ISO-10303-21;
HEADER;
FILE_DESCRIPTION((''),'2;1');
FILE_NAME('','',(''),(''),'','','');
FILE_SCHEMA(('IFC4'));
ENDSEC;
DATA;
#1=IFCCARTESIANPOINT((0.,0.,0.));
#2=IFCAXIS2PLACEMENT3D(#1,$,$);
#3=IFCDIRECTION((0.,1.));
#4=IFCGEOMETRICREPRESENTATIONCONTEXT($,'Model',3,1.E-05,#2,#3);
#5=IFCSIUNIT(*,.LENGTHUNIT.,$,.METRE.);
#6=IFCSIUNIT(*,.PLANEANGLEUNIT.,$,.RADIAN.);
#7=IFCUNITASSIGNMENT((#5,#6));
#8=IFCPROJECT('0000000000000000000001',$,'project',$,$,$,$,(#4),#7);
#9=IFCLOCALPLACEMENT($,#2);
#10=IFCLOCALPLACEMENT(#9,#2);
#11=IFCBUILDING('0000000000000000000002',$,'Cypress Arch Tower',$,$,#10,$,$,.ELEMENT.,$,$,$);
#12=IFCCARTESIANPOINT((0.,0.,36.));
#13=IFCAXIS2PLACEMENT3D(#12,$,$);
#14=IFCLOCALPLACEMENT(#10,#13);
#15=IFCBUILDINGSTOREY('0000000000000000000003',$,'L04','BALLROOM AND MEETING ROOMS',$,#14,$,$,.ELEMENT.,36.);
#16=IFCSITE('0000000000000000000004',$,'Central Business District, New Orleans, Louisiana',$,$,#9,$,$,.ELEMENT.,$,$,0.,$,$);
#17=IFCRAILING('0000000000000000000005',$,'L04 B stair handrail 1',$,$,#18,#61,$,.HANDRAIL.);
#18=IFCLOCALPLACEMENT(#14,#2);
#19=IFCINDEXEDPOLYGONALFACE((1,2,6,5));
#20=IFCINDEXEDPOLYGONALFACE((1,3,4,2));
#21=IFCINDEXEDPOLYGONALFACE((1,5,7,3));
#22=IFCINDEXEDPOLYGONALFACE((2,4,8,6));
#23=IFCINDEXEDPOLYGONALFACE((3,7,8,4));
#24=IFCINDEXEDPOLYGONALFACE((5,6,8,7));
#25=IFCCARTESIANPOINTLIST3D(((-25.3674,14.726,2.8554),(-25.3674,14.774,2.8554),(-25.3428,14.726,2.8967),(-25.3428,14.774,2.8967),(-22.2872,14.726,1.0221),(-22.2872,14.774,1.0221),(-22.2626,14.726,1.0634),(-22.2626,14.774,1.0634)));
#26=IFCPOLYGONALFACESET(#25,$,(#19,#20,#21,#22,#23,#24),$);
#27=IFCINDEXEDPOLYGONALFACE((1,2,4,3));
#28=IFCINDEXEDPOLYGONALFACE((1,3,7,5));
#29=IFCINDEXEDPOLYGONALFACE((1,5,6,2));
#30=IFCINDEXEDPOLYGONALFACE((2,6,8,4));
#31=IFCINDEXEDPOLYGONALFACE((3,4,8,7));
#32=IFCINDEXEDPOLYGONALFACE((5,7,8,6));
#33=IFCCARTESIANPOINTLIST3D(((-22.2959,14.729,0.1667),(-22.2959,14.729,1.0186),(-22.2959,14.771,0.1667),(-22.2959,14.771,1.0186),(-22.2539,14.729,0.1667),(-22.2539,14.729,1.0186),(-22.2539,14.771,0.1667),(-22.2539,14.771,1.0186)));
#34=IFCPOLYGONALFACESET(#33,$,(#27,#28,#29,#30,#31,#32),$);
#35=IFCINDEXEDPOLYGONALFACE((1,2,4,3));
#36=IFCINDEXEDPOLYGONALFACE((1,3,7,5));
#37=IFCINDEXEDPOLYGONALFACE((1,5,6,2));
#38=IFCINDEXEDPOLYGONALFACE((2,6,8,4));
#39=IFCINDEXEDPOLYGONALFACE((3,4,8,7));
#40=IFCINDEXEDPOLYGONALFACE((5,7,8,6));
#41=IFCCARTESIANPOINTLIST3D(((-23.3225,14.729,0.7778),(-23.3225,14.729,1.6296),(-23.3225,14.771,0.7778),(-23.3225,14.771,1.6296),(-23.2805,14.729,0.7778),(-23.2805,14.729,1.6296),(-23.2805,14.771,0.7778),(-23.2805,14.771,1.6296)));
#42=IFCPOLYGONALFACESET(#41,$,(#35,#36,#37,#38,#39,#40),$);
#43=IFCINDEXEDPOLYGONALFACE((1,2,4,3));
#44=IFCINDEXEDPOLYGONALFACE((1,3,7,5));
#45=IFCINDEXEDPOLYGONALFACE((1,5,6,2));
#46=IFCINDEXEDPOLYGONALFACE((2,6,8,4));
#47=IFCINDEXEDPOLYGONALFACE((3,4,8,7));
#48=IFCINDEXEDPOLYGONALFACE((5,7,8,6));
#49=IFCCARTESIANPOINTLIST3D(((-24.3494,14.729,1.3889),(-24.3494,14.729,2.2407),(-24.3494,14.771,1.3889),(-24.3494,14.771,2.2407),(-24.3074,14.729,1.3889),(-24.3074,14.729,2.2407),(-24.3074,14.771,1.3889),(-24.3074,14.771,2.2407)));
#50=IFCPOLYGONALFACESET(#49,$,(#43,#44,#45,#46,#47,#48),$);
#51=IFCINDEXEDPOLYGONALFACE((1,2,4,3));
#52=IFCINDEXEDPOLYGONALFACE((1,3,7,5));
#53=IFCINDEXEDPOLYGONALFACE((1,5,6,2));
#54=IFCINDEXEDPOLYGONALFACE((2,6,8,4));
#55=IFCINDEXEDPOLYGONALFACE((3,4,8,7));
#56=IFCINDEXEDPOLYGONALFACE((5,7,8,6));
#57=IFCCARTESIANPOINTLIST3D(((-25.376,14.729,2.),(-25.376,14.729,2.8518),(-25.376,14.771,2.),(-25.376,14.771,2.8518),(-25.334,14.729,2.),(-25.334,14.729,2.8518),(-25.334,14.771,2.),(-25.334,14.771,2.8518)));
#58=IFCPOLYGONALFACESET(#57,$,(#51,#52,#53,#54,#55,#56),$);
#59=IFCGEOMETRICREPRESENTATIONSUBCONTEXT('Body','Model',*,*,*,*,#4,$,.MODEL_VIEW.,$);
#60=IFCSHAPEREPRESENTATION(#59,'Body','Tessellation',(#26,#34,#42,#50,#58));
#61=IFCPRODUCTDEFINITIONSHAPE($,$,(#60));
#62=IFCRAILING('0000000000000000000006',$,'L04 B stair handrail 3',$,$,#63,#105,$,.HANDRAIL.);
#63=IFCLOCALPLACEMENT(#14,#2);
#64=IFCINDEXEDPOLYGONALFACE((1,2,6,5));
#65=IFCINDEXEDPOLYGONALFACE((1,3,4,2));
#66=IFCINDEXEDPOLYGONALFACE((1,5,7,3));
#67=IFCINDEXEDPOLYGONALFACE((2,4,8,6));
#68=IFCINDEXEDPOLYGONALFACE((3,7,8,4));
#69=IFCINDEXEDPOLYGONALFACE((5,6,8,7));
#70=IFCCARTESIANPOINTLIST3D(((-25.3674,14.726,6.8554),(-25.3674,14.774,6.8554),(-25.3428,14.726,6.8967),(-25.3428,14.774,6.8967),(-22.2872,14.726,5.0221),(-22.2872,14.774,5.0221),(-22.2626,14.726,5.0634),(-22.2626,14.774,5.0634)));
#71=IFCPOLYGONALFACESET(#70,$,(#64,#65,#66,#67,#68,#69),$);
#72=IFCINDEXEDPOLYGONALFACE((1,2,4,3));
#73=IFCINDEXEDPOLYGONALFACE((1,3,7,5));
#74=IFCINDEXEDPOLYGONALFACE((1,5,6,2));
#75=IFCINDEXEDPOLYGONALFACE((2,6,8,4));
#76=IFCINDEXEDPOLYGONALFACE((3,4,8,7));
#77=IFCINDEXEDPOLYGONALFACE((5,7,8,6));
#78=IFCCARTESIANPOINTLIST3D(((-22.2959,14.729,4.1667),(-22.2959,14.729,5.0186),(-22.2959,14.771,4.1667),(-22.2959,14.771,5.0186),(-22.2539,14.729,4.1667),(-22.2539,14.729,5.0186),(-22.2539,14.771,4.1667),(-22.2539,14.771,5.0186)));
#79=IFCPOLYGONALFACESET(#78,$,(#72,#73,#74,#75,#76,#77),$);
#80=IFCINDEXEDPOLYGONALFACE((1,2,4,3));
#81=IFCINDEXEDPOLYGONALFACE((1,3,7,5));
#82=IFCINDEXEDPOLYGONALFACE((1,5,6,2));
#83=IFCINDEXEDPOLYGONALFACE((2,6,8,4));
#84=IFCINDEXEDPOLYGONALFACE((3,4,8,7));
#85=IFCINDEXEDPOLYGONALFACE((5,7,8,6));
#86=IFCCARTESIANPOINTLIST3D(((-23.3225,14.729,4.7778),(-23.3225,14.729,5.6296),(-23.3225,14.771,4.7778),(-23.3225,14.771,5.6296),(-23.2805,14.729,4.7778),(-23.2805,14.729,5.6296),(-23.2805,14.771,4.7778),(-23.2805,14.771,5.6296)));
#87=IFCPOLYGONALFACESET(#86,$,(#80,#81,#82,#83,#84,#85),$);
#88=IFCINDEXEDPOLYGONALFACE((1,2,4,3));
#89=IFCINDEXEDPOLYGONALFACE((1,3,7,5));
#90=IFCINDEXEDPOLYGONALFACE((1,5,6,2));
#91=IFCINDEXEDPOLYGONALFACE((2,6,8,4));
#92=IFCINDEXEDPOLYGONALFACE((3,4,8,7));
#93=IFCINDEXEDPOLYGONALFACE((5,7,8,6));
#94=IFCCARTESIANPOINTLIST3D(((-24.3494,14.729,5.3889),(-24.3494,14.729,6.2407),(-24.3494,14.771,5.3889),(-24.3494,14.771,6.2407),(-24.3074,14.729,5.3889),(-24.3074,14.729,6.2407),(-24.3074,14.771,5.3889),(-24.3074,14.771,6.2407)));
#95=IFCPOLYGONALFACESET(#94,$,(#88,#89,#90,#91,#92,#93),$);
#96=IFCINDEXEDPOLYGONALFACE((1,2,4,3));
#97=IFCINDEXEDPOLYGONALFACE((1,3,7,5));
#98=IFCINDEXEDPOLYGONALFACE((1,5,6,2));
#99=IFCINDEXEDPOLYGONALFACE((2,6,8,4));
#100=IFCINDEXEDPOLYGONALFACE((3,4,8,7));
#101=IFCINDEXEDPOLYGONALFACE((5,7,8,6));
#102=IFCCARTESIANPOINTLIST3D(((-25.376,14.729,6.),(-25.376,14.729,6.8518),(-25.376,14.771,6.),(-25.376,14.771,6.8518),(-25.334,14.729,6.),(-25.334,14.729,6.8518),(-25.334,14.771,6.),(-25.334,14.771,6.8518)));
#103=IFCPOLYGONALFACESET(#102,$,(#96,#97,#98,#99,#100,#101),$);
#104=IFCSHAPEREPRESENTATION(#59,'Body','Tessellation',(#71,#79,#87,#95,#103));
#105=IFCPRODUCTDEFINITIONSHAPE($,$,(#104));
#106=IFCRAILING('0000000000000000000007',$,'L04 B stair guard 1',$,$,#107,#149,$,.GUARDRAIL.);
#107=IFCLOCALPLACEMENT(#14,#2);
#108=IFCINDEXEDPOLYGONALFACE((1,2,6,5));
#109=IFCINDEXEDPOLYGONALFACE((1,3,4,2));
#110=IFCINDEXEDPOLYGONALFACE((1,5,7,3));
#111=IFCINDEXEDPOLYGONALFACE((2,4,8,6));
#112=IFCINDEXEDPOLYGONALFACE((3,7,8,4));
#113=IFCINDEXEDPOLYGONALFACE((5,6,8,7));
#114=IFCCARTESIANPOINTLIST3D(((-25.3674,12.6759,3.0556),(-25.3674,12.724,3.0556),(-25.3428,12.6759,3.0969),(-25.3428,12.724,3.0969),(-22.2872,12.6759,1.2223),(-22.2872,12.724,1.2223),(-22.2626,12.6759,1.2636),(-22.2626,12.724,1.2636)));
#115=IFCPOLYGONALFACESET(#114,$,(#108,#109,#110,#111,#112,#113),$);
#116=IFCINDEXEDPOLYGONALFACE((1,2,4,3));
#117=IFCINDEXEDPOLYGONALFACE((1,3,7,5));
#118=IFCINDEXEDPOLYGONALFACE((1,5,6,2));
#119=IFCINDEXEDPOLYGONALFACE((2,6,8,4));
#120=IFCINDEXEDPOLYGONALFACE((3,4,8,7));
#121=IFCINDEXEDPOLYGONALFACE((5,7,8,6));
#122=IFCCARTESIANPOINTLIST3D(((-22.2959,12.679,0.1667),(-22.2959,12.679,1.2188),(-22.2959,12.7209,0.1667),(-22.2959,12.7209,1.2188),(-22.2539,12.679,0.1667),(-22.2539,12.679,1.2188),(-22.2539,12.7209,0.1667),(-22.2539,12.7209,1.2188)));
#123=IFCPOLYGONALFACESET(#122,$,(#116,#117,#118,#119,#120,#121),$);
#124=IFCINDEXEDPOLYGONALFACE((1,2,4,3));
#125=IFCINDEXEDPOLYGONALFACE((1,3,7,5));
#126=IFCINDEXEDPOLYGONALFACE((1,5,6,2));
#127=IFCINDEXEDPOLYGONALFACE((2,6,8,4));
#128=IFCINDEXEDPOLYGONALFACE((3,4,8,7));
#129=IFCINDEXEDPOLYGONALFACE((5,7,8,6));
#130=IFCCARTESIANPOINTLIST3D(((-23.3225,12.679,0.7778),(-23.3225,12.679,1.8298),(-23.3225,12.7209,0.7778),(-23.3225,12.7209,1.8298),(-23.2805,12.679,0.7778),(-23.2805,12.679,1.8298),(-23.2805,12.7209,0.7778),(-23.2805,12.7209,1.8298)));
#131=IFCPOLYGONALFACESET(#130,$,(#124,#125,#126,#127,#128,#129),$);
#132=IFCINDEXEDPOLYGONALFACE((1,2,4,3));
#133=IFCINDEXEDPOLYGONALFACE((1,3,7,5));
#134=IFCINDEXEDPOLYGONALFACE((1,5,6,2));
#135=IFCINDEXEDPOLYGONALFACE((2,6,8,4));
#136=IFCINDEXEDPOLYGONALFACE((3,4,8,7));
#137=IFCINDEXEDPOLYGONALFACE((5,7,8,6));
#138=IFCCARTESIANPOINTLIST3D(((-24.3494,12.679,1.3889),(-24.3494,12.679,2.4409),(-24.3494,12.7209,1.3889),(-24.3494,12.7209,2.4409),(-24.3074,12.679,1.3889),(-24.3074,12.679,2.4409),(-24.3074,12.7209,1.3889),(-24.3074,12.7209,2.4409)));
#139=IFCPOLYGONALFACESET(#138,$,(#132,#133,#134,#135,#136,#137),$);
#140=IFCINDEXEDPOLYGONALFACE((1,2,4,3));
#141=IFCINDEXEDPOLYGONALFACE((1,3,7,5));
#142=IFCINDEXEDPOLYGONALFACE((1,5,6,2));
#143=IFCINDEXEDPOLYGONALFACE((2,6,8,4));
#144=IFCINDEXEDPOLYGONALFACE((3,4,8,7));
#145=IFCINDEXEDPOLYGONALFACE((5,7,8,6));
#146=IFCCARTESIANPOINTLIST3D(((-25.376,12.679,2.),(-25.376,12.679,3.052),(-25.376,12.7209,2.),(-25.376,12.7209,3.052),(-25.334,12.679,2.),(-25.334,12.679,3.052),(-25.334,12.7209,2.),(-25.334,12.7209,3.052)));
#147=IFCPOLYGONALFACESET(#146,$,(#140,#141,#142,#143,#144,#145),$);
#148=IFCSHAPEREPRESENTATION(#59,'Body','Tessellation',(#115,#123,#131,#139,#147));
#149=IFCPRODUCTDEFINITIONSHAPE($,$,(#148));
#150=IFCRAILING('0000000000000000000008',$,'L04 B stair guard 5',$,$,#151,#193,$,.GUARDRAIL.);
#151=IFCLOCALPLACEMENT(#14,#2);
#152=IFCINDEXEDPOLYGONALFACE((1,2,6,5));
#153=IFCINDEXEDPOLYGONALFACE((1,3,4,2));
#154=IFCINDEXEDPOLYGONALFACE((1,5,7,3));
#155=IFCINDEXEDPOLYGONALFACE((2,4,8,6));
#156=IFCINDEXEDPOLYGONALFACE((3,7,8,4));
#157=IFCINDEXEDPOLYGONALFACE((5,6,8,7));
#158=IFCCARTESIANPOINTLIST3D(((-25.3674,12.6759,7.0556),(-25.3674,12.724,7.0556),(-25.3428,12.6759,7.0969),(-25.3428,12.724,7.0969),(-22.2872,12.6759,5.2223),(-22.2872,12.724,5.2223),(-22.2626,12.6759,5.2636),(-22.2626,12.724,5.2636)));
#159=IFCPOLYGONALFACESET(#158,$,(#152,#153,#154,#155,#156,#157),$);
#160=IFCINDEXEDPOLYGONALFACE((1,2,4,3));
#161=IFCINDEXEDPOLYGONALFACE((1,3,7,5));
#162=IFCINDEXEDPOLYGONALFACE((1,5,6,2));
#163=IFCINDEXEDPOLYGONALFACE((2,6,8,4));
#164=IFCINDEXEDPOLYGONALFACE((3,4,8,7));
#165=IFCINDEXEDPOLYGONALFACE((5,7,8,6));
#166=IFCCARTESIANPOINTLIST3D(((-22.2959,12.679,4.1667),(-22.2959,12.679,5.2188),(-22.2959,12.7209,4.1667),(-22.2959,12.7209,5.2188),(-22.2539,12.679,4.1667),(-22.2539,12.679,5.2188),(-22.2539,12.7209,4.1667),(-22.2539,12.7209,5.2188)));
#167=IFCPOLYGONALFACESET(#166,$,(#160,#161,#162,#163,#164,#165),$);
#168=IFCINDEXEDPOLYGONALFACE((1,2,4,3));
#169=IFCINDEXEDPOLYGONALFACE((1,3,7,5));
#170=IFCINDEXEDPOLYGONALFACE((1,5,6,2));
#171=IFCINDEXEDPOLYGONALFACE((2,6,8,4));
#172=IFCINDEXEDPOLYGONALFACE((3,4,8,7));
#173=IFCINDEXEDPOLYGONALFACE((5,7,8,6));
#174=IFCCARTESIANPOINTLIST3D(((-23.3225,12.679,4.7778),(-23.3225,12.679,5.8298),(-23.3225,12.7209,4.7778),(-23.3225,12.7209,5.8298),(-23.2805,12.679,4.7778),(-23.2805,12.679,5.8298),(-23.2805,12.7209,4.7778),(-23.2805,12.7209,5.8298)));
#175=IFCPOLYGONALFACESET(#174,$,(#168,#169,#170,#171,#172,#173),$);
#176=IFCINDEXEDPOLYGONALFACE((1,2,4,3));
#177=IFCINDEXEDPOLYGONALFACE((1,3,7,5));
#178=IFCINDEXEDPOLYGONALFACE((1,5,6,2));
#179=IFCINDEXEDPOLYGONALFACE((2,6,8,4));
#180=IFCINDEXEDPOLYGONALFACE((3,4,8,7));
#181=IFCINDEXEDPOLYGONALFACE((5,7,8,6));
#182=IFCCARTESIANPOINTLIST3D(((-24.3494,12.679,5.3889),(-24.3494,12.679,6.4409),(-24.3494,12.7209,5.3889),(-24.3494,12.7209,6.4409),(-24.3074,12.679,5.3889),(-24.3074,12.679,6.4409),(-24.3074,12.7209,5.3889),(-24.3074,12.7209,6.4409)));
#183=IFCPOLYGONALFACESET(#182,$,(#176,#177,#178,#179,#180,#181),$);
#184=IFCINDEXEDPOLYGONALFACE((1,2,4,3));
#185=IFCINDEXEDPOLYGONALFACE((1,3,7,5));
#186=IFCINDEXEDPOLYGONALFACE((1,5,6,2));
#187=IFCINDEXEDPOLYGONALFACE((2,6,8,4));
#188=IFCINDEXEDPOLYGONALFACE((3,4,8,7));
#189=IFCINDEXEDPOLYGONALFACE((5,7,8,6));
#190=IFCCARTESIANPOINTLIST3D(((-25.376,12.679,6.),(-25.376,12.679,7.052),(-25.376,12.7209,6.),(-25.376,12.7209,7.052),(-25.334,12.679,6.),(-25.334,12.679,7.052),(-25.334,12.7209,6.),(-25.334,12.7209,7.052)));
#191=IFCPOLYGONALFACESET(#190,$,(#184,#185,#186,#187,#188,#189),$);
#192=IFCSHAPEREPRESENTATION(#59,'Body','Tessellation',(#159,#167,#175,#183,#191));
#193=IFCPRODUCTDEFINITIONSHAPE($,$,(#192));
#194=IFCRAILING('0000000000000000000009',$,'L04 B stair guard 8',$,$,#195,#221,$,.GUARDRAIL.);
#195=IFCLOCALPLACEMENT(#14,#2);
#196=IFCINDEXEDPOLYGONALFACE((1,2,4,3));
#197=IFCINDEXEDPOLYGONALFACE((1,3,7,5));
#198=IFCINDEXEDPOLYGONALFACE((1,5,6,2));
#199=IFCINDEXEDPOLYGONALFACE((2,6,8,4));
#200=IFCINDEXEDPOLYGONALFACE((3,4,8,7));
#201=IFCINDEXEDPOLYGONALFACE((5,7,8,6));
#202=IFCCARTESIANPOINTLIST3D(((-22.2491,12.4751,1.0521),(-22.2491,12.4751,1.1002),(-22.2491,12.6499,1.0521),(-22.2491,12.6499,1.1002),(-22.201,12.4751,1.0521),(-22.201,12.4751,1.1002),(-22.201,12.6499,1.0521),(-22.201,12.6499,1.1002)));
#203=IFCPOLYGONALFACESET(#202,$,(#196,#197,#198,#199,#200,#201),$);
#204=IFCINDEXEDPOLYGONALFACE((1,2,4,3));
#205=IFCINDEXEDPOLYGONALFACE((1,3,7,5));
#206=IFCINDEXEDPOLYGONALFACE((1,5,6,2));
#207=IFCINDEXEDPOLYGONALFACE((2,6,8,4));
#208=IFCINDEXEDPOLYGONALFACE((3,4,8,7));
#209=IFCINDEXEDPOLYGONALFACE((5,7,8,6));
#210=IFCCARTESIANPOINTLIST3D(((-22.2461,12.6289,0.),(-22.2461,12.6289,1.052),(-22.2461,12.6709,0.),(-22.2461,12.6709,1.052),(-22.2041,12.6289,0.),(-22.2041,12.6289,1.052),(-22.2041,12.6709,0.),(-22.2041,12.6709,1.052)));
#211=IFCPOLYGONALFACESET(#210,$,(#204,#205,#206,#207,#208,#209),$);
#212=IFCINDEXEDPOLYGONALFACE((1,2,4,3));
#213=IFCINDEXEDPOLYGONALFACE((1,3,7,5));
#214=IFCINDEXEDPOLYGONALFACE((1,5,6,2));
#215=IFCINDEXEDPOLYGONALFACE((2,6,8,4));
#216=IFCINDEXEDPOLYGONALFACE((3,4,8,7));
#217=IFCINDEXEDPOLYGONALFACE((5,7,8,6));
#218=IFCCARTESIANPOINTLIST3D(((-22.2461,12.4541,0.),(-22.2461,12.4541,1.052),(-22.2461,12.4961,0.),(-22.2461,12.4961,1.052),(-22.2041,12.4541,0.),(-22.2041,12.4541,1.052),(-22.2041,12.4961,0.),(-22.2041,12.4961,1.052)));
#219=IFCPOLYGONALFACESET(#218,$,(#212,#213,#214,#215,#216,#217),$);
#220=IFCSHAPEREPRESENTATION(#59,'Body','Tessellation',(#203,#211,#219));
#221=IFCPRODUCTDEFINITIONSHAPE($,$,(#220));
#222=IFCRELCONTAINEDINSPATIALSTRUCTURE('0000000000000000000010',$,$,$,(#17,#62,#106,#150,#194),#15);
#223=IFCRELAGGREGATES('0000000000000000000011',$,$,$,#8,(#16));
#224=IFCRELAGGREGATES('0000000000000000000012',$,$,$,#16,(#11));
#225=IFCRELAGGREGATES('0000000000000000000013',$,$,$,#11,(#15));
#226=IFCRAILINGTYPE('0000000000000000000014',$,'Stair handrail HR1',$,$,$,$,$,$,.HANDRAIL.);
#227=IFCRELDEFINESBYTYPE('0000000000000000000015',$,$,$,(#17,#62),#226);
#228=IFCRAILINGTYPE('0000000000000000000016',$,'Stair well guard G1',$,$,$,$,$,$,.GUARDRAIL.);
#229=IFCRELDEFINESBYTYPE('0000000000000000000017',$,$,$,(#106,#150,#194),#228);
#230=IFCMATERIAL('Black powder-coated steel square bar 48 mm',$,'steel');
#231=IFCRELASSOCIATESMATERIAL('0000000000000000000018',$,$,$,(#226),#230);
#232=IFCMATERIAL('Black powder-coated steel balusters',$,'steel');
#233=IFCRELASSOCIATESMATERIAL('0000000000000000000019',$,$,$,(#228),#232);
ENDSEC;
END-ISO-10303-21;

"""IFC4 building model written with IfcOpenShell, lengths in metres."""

from ifc_helpers import new_model, si_unit, direction, frame, origin, origin_2d, place, context, subcontext, project, spatial, rectangle, extrude, material, type_object, element, save


model = new_model("IFC4")

# Units and contexts
model_context = context("Model", 3, precision=1e-05, world=origin(), true_north=direction((0.0, 1.0)))
body_context = subcontext(model_context, "Body", "Model", "MODEL_VIEW")
ifc_project = project(units=[si_unit("LENGTHUNIT", "METRE"), si_unit("PLANEANGLEUNIT", "RADIAN")], contexts=[model_context])

# Site, building, storey
site_placement = place(None, origin())
site = spatial("IfcSite", under=ifc_project, at=site_placement, Name="Central Business District, New Orleans, Louisiana", CompositionType="ELEMENT", RefElevation=0.0)
building_placement = place(site_placement, origin())
building = spatial("IfcBuilding", under=site, at=building_placement, Name="Cypress Arch Tower", CompositionType="ELEMENT")
storey_placement = place(building_placement, frame((0.0, 0.0, 36.0)))
storey = spatial("IfcBuildingStorey", under=building, at=storey_placement, Name="L04", Description="BALLROOM AND MEETING ROOMS", CompositionType="ELEMENT", Elevation=36.0)

# Railings
ifc_material_1 = material(Name="Black powder-coated steel square bar 48 mm", Category="steel")
railing_type_1 = type_object("IfcRailingType", Name="Stair handrail HR1", PredefinedType="HANDRAIL", material=ifc_material_1)
for number, where, name in (
    (1, (-22.2749, 14.75, 0.1667), "L04 B stair handrail 1"),
    (2, (-22.2749, 14.75, 4.1667), "L04 B stair handrail 3"),
):
    element("IfcRailing", number, at=place(storey_placement, frame(where)), inside=storey, type_object=railing_type_1, Name=name, PredefinedType="HANDRAIL", context=body_context, shape_type="SweptSolid", body=[
        extrude(rectangle(XDim=0.0481, YDim=0.0481, at=origin_2d()), frame((0.0, 0.0, 0.876), z_axis=(-0.859309, 0.0, 0.511458), x_axis=(0.0, -1.0, 0.0)), (0.0, 0.0, 1.0), 3.5845),
        extrude(rectangle(XDim=0.042, YDim=0.042, at=origin_2d()), origin(), (0.0, 0.0, 1.0), 0.8518),
        extrude(rectangle(XDim=0.042, YDim=0.042, at=origin_2d()), frame((-1.0266, 0.0, 0.6111)), (0.0, 0.0, 1.0), 0.8518),
        extrude(rectangle(XDim=0.042, YDim=0.042, at=origin_2d()), frame((-2.0535, 0.0, 1.2222)), (0.0, 0.0, 1.0), 0.8518),
        extrude(rectangle(XDim=0.042, YDim=0.042, at=origin_2d()), frame((-3.0801, 0.0, 1.8333)), (0.0, 0.0, 1.0), 0.8518),
    ])
ifc_material_2 = material(Name="Black powder-coated steel balusters", Category="steel")
railing_type_2 = type_object("IfcRailingType", Name="Stair well guard G1", PredefinedType="GUARDRAIL", material=ifc_material_2)
for number, where, name in (
    (3, (-22.2749, 12.7, 0.1667), "L04 B stair guard 1"),
    (4, (-22.2749, 12.7, 4.1667), "L04 B stair guard 5"),
):
    element("IfcRailing", number, at=place(storey_placement, frame(where)), inside=storey, type_object=railing_type_2, Name=name, PredefinedType="GUARDRAIL", context=body_context, shape_type="SweptSolid", body=[
        extrude(rectangle(XDim=0.0481, YDim=0.0481, at=origin_2d()), frame((0.0, 0.0, 1.0762), z_axis=(-0.859309, 0.0, 0.511458), x_axis=(0.0, -1.0, 0.0)), (0.0, 0.0, 1.0), 3.5845),
        extrude(rectangle(XDim=0.042, YDim=0.042, at=origin_2d()), origin(), (0.0, 0.0, 1.0), 1.052),
        extrude(rectangle(XDim=0.042, YDim=0.042, at=origin_2d()), frame((-1.0266, 0.0, 0.6111)), (0.0, 0.0, 1.0), 1.052),
        extrude(rectangle(XDim=0.042, YDim=0.042, at=origin_2d()), frame((-2.0535, 0.0, 1.2222)), (0.0, 0.0, 1.0), 1.052),
        extrude(rectangle(XDim=0.042, YDim=0.042, at=origin_2d()), frame((-3.0801, 0.0, 1.8333)), (0.0, 0.0, 1.0), 1.052),
    ])
railing_placement = place(storey_placement, frame((-22.2251, 12.6499, 0.0)))
element("IfcRailing", 5, at=railing_placement, inside=storey, type_object=railing_type_2, Name="L04 B stair guard 8", PredefinedType="GUARDRAIL", context=body_context, shape_type="SweptSolid", body=[
    extrude(rectangle(XDim=0.0481, YDim=0.0481, at=origin_2d()), frame((0.0, 0.0, 1.0762), z_axis=(0.0, -1.0, 0.0), x_axis=(1.0, 0.0, 0.0)), (0.0, 0.0, 1.0), 0.1748),
    extrude(rectangle(XDim=0.042, YDim=0.042, at=origin_2d()), origin(), (0.0, 0.0, 1.0), 1.052),
    extrude(rectangle(XDim=0.042, YDim=0.042, at=origin_2d()), frame((0.0, -0.1748, 0.0)), (0.0, 0.0, 1.0), 1.052),
])

save(model, "model.ifc")
